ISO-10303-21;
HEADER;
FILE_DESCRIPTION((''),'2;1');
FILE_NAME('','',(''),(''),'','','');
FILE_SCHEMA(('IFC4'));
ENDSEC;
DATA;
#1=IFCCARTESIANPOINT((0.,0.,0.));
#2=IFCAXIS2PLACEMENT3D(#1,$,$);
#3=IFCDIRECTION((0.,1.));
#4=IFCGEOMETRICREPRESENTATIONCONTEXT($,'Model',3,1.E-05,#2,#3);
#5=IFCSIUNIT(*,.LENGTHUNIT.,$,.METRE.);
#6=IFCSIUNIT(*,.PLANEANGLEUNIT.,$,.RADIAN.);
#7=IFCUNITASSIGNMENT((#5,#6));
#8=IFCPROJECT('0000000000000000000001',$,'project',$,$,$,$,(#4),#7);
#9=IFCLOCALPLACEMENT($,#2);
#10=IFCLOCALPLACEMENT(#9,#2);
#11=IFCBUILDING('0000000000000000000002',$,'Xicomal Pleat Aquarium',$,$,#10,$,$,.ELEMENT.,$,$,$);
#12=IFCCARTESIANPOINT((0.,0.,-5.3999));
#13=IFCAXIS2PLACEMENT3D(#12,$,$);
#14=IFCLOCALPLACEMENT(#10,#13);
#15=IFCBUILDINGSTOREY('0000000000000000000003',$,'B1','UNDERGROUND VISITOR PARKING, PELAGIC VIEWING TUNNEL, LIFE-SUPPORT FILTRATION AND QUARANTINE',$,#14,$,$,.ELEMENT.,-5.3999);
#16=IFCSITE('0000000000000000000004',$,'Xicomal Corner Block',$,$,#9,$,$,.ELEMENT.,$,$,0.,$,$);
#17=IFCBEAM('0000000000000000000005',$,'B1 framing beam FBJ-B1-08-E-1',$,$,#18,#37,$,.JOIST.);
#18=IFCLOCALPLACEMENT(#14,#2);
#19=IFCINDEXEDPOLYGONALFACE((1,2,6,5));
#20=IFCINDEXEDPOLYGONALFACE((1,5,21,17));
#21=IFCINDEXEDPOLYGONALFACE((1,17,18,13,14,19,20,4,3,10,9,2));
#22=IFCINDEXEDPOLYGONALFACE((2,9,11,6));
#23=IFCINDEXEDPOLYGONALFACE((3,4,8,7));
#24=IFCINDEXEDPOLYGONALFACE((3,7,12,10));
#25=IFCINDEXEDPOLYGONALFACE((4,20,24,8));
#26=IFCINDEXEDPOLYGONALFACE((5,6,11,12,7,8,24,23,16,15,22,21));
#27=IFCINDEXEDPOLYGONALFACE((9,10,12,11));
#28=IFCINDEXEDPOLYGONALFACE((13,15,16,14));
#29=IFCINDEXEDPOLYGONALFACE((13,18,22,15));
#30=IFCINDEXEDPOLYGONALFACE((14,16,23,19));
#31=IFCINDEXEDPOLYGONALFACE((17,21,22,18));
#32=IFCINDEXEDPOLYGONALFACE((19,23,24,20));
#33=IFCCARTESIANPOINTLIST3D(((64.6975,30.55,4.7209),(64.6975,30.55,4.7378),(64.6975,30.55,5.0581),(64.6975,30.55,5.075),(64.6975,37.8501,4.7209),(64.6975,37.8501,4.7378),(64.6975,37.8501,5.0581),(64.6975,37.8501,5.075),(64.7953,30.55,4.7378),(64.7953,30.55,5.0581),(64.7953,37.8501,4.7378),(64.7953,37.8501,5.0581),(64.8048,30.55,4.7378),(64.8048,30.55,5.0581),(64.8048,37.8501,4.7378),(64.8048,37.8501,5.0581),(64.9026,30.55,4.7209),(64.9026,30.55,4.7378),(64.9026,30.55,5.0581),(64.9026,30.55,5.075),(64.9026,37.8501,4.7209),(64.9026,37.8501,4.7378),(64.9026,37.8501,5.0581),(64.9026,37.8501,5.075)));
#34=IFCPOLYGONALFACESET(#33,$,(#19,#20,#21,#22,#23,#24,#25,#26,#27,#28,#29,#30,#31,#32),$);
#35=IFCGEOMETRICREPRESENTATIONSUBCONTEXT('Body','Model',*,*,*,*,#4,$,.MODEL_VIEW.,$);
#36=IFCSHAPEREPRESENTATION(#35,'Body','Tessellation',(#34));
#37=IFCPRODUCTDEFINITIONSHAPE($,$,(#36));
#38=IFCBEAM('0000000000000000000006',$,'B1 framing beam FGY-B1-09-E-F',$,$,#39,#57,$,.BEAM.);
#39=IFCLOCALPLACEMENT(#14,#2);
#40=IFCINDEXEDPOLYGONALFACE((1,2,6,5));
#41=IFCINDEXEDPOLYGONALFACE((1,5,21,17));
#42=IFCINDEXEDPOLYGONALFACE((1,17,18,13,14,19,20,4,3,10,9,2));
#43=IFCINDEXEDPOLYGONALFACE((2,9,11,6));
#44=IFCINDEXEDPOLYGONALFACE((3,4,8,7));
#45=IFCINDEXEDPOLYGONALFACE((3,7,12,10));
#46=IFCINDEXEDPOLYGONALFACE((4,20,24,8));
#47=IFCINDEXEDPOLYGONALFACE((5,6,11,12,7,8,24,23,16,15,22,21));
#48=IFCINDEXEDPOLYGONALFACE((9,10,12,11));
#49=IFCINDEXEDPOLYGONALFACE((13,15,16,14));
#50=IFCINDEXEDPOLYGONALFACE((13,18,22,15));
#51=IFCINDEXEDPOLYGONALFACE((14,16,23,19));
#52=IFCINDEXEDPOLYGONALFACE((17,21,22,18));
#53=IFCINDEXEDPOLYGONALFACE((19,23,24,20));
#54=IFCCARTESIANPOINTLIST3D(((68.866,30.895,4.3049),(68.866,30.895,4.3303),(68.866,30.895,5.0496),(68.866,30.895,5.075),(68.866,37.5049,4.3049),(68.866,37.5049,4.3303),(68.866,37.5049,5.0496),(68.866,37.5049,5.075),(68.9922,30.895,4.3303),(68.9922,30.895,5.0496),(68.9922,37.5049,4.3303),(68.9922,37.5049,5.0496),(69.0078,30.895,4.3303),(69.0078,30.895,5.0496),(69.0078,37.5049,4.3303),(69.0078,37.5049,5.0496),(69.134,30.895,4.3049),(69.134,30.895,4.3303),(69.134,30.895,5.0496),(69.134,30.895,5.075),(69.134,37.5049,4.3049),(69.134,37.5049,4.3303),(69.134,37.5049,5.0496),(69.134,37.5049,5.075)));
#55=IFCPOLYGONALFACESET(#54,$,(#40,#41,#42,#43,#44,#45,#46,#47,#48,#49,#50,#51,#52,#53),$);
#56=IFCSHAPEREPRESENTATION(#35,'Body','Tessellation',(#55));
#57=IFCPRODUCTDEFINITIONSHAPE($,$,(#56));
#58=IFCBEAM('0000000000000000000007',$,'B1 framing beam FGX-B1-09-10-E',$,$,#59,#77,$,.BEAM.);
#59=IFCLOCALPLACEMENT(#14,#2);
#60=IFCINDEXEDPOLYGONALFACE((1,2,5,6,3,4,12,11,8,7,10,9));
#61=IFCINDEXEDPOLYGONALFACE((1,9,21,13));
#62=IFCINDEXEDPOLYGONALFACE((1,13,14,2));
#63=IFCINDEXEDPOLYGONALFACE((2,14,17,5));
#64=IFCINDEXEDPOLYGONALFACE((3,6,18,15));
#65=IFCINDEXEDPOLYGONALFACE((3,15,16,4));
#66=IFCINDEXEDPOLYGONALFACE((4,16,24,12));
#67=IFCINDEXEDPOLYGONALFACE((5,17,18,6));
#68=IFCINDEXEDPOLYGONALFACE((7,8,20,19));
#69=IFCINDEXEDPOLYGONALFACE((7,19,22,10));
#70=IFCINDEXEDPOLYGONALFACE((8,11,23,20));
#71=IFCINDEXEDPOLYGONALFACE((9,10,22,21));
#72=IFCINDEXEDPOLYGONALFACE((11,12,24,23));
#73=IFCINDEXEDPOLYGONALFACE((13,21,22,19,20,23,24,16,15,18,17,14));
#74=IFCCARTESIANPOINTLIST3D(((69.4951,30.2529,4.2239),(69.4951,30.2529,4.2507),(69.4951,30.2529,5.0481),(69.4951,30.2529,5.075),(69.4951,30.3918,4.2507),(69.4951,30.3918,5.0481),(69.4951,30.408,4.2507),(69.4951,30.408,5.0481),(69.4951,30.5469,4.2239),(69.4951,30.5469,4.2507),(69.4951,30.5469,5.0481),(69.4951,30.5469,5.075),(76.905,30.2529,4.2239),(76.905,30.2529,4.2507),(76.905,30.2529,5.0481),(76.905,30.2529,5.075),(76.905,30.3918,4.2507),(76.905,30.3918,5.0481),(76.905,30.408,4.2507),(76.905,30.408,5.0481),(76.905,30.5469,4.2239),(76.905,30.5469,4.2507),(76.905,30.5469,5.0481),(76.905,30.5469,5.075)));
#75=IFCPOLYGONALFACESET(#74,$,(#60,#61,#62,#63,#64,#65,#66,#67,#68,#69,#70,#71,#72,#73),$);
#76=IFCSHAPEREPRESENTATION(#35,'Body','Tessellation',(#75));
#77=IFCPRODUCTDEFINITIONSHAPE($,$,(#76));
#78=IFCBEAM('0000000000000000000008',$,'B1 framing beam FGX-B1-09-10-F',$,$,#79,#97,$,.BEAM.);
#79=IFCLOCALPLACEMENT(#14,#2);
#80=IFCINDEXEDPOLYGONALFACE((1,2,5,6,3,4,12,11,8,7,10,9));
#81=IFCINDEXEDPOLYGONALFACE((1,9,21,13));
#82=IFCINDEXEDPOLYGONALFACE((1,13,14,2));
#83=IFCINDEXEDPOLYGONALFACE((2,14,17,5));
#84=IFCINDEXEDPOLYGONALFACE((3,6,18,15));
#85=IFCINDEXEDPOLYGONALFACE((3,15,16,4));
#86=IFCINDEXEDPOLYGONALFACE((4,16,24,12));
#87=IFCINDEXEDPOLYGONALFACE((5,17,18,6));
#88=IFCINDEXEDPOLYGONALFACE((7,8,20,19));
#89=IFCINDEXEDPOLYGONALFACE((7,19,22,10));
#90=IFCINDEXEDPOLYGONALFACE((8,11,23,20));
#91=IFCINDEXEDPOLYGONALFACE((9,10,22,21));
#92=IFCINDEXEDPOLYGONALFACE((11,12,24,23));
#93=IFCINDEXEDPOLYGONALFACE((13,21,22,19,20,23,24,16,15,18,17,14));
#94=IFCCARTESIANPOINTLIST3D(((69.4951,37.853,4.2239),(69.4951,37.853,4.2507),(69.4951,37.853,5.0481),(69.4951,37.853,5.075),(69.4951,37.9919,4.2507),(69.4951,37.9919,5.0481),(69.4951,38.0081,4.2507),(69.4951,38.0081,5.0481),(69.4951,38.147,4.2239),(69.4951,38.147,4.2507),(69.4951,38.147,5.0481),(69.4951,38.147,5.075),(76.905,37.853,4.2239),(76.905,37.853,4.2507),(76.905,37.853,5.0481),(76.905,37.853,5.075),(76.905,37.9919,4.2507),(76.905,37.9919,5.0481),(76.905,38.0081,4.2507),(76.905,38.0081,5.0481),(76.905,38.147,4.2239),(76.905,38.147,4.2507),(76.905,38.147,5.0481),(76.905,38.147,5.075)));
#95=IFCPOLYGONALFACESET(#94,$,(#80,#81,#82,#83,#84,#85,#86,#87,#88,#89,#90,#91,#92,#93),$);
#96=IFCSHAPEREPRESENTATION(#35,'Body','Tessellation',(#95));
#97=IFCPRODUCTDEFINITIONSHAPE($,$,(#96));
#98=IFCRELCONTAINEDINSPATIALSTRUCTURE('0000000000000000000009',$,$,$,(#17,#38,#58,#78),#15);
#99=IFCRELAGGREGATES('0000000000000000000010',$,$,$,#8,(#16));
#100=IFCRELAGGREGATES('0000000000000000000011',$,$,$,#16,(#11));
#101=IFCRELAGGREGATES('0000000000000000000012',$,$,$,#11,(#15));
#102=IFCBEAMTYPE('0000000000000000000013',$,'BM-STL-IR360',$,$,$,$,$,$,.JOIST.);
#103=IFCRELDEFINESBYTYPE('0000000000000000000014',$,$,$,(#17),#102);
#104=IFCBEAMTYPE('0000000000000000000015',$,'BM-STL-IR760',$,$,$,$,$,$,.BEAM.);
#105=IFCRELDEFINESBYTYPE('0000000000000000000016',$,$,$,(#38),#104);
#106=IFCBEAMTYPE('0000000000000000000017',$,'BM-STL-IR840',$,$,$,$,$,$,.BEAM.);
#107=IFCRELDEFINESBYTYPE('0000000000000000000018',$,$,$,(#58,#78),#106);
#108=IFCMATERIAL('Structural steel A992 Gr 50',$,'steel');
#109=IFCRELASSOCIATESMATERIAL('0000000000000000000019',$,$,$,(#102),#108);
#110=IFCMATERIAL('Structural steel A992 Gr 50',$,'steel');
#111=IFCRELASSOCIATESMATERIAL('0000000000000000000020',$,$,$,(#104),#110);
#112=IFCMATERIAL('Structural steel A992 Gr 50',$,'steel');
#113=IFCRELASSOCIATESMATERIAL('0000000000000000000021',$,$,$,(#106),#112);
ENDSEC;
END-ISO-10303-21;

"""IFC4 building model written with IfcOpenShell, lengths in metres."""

from ifc_helpers import new_model, si_unit, direction, frame, origin, origin_2d, place, context, subcontext, project, spatial, i_section, extrude, material, material_profile, profile_set, type_object, element, save


model = new_model("IFC4")

# Units and contexts
model_context = context("Model", 3, precision=1e-05, world=origin(), true_north=direction((0.0, 1.0)))
body_context = subcontext(model_context, "Body", "Model", "MODEL_VIEW")
ifc_project = project(units=[si_unit("LENGTHUNIT", "METRE"), si_unit("PLANEANGLEUNIT", "RADIAN")], contexts=[model_context])

# Site, building, storey
site_placement = place(None, origin())
site = spatial("IfcSite", under=ifc_project, at=site_placement, Name="Xicomal Corner Block", CompositionType="ELEMENT", RefElevation=0.0)
building_placement = place(site_placement, origin())
building = spatial("IfcBuilding", under=site, at=building_placement, Name="Xicomal Pleat Aquarium", CompositionType="ELEMENT")
storey_placement = place(building_placement, frame((0.0, 0.0, -5.3999)))
storey = spatial("IfcBuildingStorey", under=building, at=storey_placement, Name="B1", Description="UNDERGROUND VISITOR PARKING, PELAGIC VIEWING TUNNEL, LIFE-SUPPORT FILTRATION AND QUARANTINE", CompositionType="ELEMENT", Elevation=-5.3999)

# Beams
ifc_material_1 = material(Name="Structural steel A992 Gr 50", Category="steel")
ifc_material_profile_1 = material_profile(ifc_material_1, i_section(OverallWidth=0.2051, OverallDepth=0.354, WebThickness=0.0095, FlangeThickness=0.0168, at=origin_2d()), Name="IR 360x79")
ifc_profile_set_1 = profile_set([ifc_material_profile_1], Name="Structural steel A992 Gr 50")
beam_type_1 = type_object("IfcBeamType", Name="BM-STL-IR360", PredefinedType="JOIST", material=ifc_profile_set_1)
beam_1_placement = place(storey_placement, frame((64.8, 30.55, 4.8979), z_axis=(0.0, 1.0, 0.0), x_axis=(-1.0, 0.0, 0.0)))
element("IfcBeam", 1, at=beam_1_placement, inside=storey, type_object=beam_type_1, Name="B1 framing beam FBJ-B1-08-E-1", PredefinedType="JOIST", context=body_context, shape_type="SweptSolid", body=[
    extrude(i_section(OverallWidth=0.2051, OverallDepth=0.354, WebThickness=0.0095, FlangeThickness=0.0168, at=origin_2d()), origin(), (0.0, 0.0, 1.0), 7.3),
])
ifc_material_2 = material(Name="Structural steel A992 Gr 50", Category="steel")
ifc_material_profile_2 = material_profile(ifc_material_2, i_section(OverallWidth=0.2681, OverallDepth=0.77, WebThickness=0.0156, FlangeThickness=0.0254, at=origin_2d()), Name="IR 760x196")
ifc_profile_set_2 = profile_set([ifc_material_profile_2], Name="Structural steel A992 Gr 50")
beam_type_2 = type_object("IfcBeamType", Name="BM-STL-IR760", PredefinedType="BEAM", material=ifc_profile_set_2)
beam_2_placement = place(storey_placement, frame((69.0, 30.895, 4.6899), z_axis=(0.0, 1.0, 0.0), x_axis=(-1.0, 0.0, 0.0)))
element("IfcBeam", 2, at=beam_2_placement, inside=storey, type_object=beam_type_2, Name="B1 framing beam FGY-B1-09-E-F", PredefinedType="BEAM", context=body_context, shape_type="SweptSolid", body=[
    extrude(i_section(OverallWidth=0.2681, OverallDepth=0.77, WebThickness=0.0156, FlangeThickness=0.0254, at=origin_2d()), origin(), (0.0, 0.0, 1.0), 6.6099),
])
ifc_material_3 = material(Name="Structural steel A992 Gr 50", Category="steel")
ifc_material_profile_3 = material_profile(ifc_material_3, i_section(OverallWidth=0.2939, OverallDepth=0.8511, WebThickness=0.0161, FlangeThickness=0.0269, at=origin_2d()), Name="IR 840x226")
ifc_profile_set_3 = profile_set([ifc_material_profile_3], Name="Structural steel A992 Gr 50")
beam_type_3 = type_object("IfcBeamType", Name="BM-STL-IR840", PredefinedType="BEAM", material=ifc_profile_set_3)
for number, where, z_axis, x_axis, name in (
    (3, (69.4951, 30.3999, 4.6494), (1.0, 0.0, 0.0), (0.0, 1.0, 0.0), "B1 framing beam FGX-B1-09-10-E"),
    (4, (69.4951, 38.0, 4.6494), (1.0, 0.0, 0.0), (0.0, 1.0, 0.0), "B1 framing beam FGX-B1-09-10-F"),
):
    element("IfcBeam", number, at=place(storey_placement, frame(where, z_axis=z_axis, x_axis=x_axis)), inside=storey, type_object=beam_type_3, Name=name, PredefinedType="BEAM", context=body_context, shape_type="SweptSolid", body=[
        extrude(i_section(OverallWidth=0.2939, OverallDepth=0.8511, WebThickness=0.0161, FlangeThickness=0.0269, at=origin_2d()), origin(), (0.0, 0.0, 1.0), 7.4099),
    ])

save(model, "model.ifc")
